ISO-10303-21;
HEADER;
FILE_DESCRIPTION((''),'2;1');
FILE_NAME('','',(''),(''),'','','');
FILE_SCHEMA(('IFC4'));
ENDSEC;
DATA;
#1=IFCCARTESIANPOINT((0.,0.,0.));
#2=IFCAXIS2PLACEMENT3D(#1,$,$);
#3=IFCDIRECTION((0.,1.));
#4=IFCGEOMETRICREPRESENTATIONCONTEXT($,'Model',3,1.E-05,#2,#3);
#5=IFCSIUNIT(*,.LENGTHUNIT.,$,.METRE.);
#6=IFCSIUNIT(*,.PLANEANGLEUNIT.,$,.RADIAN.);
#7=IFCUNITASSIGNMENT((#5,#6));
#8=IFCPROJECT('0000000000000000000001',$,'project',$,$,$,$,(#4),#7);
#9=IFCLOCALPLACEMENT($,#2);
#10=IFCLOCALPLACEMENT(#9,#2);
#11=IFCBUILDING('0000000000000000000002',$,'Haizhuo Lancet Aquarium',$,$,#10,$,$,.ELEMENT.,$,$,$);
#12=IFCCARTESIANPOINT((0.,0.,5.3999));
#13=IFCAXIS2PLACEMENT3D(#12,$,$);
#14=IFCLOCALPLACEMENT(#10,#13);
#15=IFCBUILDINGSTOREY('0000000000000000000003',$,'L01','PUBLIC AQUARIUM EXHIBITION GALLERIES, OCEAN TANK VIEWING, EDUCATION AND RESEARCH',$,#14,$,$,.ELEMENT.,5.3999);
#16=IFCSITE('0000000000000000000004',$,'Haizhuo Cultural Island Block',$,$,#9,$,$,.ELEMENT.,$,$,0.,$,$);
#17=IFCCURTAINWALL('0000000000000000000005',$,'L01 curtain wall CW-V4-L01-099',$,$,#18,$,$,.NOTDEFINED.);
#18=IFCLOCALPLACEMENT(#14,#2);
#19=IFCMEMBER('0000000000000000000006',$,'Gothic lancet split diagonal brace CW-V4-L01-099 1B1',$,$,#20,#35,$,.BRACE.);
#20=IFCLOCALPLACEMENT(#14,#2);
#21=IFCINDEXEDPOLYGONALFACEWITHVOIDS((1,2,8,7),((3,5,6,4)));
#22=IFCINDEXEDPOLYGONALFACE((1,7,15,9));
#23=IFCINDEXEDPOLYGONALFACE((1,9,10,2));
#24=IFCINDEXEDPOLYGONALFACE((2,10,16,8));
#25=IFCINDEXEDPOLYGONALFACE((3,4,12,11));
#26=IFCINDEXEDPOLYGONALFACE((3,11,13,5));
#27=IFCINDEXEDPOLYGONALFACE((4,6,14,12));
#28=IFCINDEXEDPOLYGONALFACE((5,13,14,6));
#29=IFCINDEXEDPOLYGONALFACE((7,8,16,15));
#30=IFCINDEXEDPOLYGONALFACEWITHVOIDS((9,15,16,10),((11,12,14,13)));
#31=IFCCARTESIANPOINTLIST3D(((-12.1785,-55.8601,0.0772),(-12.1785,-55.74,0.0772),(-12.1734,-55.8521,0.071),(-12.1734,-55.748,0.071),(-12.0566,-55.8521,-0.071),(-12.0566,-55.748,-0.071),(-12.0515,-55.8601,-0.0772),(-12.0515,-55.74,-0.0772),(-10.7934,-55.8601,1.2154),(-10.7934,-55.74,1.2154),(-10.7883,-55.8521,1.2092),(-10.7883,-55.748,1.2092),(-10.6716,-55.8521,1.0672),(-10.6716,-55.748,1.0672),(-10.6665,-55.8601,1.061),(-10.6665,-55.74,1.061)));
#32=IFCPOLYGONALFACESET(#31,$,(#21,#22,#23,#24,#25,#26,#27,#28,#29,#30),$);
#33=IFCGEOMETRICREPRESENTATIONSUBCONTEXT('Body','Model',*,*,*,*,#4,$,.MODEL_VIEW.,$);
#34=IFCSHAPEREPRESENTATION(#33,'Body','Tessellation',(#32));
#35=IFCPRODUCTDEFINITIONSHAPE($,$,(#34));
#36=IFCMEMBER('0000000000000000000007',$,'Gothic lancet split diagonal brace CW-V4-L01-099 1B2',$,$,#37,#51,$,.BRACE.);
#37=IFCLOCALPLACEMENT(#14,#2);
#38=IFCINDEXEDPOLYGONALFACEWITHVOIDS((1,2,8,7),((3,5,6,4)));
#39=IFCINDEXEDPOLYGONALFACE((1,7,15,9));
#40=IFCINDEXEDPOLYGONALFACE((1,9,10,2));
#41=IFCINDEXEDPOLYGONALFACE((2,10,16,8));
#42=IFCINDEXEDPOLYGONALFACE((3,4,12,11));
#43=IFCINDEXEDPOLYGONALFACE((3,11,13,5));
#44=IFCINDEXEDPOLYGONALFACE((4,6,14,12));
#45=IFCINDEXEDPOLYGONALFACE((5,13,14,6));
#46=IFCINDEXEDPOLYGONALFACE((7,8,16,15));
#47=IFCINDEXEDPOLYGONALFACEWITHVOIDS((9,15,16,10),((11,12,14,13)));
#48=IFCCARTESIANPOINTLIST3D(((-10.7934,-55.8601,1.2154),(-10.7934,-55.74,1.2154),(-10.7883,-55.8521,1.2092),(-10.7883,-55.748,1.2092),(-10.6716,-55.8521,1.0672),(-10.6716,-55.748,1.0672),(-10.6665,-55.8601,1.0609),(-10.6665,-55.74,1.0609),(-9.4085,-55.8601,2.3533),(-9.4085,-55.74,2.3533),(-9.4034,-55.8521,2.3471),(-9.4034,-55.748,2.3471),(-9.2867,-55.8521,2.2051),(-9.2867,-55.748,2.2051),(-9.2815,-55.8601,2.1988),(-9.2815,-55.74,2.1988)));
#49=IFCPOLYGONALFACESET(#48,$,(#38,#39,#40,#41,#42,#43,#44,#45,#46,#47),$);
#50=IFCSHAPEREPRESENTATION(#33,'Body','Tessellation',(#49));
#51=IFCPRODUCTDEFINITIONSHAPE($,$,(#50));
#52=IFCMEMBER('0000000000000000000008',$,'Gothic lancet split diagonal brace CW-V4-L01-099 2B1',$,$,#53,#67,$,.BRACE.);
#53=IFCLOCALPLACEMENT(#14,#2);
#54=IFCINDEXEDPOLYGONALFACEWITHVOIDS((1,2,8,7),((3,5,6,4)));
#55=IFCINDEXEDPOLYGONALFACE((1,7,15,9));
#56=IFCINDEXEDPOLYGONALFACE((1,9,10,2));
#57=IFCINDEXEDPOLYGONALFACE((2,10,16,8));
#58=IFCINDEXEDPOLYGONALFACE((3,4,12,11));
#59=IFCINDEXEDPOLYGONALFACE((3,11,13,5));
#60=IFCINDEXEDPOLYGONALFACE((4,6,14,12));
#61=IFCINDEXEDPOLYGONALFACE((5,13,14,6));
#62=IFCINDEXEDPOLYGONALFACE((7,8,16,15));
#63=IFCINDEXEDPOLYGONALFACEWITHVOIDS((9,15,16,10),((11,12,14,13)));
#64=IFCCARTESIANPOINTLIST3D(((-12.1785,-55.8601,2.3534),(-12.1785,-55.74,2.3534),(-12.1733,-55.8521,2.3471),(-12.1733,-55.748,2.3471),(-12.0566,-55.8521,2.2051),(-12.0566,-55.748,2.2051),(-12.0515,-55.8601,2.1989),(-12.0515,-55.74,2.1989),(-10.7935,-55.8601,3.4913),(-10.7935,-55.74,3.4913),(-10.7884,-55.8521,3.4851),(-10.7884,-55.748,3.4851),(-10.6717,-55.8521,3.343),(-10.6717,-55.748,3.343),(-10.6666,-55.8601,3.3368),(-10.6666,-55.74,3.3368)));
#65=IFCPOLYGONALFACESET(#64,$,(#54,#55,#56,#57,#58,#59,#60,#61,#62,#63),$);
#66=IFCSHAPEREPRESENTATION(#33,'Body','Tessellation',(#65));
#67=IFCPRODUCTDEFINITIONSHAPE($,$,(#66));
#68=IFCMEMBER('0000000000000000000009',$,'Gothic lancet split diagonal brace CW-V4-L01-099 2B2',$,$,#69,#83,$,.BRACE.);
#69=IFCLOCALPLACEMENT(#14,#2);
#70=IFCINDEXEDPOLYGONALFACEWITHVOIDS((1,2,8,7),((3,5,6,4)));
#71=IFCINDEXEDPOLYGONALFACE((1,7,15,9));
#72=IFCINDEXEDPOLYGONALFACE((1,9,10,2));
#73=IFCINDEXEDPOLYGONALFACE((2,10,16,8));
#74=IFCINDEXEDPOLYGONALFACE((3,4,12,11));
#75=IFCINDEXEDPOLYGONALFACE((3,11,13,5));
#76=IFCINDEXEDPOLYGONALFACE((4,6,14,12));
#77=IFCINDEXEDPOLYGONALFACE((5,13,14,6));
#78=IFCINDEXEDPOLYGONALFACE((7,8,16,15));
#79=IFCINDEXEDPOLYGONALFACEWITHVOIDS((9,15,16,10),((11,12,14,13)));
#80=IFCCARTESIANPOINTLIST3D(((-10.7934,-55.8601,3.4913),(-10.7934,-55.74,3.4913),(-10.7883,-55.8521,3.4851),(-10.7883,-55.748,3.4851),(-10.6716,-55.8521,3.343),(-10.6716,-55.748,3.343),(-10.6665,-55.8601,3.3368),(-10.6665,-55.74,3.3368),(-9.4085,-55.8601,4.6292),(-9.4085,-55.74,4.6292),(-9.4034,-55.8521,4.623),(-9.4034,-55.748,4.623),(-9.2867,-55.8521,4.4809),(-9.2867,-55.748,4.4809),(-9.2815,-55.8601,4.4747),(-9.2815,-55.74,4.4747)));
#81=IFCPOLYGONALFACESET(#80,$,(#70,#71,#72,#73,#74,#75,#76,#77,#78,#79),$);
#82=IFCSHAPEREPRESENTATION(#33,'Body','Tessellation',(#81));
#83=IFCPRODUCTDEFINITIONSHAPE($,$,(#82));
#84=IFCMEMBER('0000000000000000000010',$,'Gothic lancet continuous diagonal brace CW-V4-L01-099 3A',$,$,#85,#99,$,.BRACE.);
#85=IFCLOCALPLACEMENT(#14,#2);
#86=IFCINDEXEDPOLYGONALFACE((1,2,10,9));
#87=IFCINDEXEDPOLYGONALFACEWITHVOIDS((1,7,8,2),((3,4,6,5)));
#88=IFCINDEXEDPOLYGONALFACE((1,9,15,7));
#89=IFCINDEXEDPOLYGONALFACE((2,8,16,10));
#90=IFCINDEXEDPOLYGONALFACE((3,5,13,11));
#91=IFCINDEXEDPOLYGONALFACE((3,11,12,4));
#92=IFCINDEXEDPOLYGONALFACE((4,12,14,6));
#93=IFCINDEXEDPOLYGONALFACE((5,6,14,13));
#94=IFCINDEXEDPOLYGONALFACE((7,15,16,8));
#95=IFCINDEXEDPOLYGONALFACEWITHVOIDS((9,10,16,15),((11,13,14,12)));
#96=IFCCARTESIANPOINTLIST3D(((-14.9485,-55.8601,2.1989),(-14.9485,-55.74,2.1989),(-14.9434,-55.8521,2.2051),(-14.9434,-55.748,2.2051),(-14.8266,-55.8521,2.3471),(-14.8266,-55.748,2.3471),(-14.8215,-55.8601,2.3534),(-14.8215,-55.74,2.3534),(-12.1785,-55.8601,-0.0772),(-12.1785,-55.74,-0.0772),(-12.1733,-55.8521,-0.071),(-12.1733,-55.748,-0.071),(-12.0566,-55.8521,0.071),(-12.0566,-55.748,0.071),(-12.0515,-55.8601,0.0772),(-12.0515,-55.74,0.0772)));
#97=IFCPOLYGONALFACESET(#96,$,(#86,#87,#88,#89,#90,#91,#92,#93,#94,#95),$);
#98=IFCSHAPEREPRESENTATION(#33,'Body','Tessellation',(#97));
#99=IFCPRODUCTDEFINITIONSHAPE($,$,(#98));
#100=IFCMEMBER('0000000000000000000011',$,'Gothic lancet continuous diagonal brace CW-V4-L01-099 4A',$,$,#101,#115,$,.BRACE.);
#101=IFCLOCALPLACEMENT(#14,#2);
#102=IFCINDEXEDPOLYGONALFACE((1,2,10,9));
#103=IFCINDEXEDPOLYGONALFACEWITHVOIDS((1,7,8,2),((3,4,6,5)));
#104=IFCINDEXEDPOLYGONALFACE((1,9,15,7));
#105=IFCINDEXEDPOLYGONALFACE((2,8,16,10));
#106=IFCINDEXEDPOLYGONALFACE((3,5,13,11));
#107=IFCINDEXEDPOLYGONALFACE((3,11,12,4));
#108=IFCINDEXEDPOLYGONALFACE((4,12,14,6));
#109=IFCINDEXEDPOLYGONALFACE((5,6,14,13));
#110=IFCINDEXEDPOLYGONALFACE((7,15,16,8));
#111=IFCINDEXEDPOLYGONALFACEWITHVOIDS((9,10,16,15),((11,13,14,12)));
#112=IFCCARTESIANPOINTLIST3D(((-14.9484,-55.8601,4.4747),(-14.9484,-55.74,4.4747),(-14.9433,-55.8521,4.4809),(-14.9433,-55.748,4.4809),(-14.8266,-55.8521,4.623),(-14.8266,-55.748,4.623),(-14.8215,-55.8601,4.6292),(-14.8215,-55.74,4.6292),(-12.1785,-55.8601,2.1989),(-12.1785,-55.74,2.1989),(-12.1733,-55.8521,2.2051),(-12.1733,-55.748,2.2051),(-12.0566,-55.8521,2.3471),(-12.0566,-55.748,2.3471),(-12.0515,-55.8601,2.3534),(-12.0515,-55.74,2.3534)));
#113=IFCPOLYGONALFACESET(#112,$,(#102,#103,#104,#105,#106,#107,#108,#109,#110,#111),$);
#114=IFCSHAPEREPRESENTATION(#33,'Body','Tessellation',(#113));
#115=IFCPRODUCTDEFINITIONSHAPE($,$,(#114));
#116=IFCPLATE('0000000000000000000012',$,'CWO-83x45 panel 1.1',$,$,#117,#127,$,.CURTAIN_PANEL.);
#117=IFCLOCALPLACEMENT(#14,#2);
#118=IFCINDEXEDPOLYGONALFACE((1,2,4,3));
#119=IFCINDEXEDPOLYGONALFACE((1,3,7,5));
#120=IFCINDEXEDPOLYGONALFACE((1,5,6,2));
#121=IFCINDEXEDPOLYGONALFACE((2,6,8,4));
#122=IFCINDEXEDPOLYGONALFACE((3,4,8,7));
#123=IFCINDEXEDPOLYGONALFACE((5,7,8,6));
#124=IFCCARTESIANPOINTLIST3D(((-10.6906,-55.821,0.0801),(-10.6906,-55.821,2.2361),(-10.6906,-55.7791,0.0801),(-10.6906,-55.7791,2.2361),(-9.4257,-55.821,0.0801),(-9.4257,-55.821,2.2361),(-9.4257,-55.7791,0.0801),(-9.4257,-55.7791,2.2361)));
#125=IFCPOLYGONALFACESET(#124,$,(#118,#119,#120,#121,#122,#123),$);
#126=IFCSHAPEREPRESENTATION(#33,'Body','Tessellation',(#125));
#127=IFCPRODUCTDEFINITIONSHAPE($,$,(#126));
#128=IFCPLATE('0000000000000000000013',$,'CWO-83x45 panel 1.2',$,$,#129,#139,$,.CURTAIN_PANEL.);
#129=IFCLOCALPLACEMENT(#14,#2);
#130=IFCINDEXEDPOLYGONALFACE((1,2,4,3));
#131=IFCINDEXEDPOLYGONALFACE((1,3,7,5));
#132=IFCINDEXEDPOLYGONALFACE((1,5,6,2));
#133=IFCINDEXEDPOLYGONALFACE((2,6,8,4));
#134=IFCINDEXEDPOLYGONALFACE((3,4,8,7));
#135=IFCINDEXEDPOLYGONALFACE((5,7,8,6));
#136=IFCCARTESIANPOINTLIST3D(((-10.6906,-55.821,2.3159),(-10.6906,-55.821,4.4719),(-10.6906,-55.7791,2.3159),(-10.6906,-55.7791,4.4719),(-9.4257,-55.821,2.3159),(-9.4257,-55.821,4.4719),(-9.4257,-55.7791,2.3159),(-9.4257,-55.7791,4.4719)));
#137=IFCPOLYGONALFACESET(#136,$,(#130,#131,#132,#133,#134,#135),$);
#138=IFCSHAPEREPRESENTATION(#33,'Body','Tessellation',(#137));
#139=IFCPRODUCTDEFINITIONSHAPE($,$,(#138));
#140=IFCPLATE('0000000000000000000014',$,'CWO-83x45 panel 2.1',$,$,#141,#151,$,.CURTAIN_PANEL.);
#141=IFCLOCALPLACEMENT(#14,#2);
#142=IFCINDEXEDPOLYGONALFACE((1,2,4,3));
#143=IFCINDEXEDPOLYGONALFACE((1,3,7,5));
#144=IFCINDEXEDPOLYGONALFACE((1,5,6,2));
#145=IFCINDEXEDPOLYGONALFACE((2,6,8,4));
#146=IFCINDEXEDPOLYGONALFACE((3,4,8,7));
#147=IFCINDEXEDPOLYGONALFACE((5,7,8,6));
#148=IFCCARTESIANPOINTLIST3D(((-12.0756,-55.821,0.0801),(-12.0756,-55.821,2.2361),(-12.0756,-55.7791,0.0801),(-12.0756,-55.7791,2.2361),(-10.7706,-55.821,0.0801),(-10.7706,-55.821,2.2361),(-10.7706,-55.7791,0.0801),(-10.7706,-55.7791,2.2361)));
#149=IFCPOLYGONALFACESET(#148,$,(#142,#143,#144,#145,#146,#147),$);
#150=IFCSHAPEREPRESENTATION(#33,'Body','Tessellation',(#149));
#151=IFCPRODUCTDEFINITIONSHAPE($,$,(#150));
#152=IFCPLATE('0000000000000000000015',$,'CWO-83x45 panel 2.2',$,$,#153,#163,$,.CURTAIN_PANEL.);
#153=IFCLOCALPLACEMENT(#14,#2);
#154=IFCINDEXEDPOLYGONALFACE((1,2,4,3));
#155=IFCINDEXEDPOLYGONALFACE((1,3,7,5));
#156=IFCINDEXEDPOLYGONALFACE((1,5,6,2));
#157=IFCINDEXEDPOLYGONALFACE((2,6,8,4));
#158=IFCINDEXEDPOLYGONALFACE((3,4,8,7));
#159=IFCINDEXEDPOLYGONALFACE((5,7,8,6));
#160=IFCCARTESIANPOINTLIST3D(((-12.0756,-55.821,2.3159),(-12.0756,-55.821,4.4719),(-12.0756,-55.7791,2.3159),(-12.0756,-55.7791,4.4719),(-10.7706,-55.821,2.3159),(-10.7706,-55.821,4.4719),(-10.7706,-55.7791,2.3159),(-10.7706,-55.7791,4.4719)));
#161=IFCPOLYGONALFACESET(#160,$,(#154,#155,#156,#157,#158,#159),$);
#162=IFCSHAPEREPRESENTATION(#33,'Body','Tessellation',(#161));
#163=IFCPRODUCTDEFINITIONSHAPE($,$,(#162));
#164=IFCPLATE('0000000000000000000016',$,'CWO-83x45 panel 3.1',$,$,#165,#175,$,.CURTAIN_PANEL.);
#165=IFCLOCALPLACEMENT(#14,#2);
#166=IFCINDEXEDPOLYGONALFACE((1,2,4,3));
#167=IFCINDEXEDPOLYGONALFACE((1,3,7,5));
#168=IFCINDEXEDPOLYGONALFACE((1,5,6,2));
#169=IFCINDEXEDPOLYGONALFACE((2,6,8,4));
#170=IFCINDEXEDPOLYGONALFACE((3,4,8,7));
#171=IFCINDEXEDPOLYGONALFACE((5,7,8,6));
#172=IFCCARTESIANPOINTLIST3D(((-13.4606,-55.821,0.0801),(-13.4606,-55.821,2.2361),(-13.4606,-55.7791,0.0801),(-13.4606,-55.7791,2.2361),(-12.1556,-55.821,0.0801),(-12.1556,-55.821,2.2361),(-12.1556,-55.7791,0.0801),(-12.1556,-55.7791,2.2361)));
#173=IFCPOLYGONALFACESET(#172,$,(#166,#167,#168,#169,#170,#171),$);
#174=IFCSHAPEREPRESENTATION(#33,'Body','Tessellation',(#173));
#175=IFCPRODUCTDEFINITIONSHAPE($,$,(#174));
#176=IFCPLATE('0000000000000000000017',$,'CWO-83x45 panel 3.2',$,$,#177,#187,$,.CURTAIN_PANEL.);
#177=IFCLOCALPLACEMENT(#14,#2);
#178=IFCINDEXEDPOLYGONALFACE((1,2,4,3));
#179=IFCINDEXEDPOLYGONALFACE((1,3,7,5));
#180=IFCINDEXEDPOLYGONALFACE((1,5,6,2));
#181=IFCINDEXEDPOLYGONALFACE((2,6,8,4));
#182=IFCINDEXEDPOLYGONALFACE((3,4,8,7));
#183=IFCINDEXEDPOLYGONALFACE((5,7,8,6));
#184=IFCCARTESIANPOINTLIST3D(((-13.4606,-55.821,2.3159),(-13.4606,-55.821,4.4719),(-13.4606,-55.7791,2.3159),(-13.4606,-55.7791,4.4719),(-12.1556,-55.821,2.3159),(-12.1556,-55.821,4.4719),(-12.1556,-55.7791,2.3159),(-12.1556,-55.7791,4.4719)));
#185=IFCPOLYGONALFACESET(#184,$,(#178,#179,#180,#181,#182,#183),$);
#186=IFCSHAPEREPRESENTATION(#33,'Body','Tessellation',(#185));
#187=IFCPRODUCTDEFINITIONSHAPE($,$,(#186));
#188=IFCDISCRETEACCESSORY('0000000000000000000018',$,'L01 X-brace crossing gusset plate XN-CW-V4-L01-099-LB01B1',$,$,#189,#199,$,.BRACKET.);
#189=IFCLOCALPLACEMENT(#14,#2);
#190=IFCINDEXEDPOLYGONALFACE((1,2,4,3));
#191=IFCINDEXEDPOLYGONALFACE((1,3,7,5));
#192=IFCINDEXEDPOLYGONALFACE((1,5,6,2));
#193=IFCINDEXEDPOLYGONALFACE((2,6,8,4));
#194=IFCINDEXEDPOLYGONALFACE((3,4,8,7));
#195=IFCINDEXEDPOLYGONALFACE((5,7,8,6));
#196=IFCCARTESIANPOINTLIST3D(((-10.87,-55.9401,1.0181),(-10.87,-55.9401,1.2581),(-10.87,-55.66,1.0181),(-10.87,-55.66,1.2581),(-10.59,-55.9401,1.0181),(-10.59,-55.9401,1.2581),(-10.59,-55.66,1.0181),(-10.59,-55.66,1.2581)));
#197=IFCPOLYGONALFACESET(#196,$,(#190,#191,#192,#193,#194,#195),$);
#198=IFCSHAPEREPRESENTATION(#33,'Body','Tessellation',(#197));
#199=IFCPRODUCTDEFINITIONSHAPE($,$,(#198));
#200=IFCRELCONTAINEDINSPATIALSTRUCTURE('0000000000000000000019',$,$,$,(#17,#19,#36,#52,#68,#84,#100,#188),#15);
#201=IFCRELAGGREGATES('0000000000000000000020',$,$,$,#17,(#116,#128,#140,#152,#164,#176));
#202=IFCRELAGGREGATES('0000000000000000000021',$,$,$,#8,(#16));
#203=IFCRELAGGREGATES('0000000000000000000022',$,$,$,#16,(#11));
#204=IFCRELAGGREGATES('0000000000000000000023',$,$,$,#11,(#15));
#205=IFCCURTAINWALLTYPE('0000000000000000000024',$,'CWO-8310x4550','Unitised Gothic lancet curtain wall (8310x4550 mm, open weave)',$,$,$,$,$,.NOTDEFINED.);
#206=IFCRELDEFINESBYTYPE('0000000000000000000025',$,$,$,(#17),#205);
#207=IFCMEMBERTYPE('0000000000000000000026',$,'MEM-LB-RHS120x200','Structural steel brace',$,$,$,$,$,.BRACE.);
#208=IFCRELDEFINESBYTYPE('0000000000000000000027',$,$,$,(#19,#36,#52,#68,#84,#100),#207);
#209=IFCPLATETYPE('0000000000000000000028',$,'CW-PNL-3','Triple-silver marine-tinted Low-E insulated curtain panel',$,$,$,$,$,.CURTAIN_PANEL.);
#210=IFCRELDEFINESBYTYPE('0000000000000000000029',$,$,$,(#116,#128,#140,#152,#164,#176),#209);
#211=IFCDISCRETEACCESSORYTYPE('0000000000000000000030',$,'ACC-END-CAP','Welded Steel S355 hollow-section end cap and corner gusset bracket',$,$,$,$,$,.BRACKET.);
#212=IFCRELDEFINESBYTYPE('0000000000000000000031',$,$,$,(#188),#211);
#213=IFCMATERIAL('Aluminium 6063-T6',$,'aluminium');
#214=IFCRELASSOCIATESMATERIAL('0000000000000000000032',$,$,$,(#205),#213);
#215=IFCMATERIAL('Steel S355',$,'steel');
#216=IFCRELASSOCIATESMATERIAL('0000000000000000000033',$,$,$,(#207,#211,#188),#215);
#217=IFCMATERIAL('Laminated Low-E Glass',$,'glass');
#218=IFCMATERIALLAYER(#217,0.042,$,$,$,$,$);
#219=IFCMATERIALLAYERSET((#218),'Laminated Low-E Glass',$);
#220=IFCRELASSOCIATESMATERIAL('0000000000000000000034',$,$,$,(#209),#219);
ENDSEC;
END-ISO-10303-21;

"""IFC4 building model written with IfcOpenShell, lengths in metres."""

from ifc_helpers import new_model, si_unit, direction, frame, origin, origin_2d, place, context, subcontext, project, spatial, rectangle, hollow_rectangle, extrude, material, layer, layer_set, material_profile, profile_set, type_object, element, aggregate, save


model = new_model("IFC4")

# Units and contexts
model_context = context("Model", 3, precision=1e-05, world=origin(), true_north=direction((0.0, 1.0)))
body_context = subcontext(model_context, "Body", "Model", "MODEL_VIEW")
ifc_project = project(units=[si_unit("LENGTHUNIT", "METRE"), si_unit("PLANEANGLEUNIT", "RADIAN")], contexts=[model_context])

# Site, building, storey
site_placement = place(None, origin())
site = spatial("IfcSite", under=ifc_project, at=site_placement, Name="Haizhuo Cultural Island Block", CompositionType="ELEMENT", RefElevation=0.0)
building_placement = place(site_placement, origin())
building = spatial("IfcBuilding", under=site, at=building_placement, Name="Haizhuo Lancet Aquarium", CompositionType="ELEMENT")
storey_placement = place(building_placement, frame((0.0, 0.0, 5.3999)))
storey = spatial("IfcBuildingStorey", under=building, at=storey_placement, Name="L01", Description="PUBLIC AQUARIUM EXHIBITION GALLERIES, OCEAN TANK VIEWING, EDUCATION AND RESEARCH", CompositionType="ELEMENT", Elevation=5.3999)

# Curtain wall
ifc_material_1 = material(Name="Aluminium 6063-T6", Category="aluminium")
curtain_wall_type = type_object("IfcCurtainWallType", Name="CWO-8310x4550", Description="Unitised Gothic lancet curtain wall (8310x4550 mm, open weave)", PredefinedType="NOTDEFINED", material=ifc_material_1)
curtain_wall_placement = place(storey_placement, origin())
curtain_wall = element("IfcCurtainWall", 1, at=curtain_wall_placement, inside=storey, type_object=curtain_wall_type, Name="L01 curtain wall CW-V4-L01-099", PredefinedType="NOTDEFINED")

# Members
ifc_material_2 = material(Name="Steel S355", Category="steel")
ifc_material_profile_1 = material_profile(ifc_material_2, hollow_rectangle(XDim=0.1201, YDim=0.2, WallThickness=0.0081, at=origin_2d()), Name="RHS 120x200x8")
ifc_profile_set_1 = profile_set([ifc_material_profile_1], Name="Steel S355")
member_type_1 = type_object("IfcMemberType", Name="MEM-LB-RHS120x200", Description="Structural steel brace", PredefinedType="BRACE", material=ifc_profile_set_1)
member_1_placement = place(storey_placement, frame((-12.115, -55.8, 0.0), z_axis=(0.77259, 0.0, 0.634905), x_axis=(0.0, 1.0, 0.0)))
element("IfcMember", 2, at=member_1_placement, inside=storey, type_object=member_type_1, Name="Gothic lancet split diagonal brace CW-V4-L01-099 1B1", PredefinedType="BRACE", context=body_context, shape_type="SweptSolid", body=[
    extrude(hollow_rectangle(XDim=0.1201, YDim=0.2, WallThickness=0.0081, at=origin_2d()), origin(), (0.0, 0.0, 1.0), 1.7927),
])
for number, where, z_axis, x_axis, name in (
    (3, (-10.73, -55.8, 1.1382), (0.772657, 0.0, 0.634824), (0.0, 1.0, 0.0), "Gothic lancet split diagonal brace CW-V4-L01-099 1B2"),
    (4, (-12.115, -55.8, 2.2761), (0.772657, 0.0, 0.634824), (0.0, 1.0, 0.0), "Gothic lancet split diagonal brace CW-V4-L01-099 2B1"),
    (5, (-10.73, -55.8, 3.4141), (0.772657, 0.0, 0.634824), (0.0, 1.0, 0.0), "Gothic lancet split diagonal brace CW-V4-L01-099 2B2"),
):
    element("IfcMember", number, at=place(storey_placement, frame(where, z_axis=z_axis, x_axis=x_axis)), inside=storey, type_object=member_type_1, Name=name, PredefinedType="BRACE", context=body_context, shape_type="SweptSolid", body=[
        extrude(hollow_rectangle(XDim=0.1201, YDim=0.2, WallThickness=0.0081, at=origin_2d()), origin(), (0.0, 0.0, 1.0), 1.7925),
    ])
member_2_placement = place(storey_placement, frame((-12.115, -55.8, 0.0), z_axis=(-0.772624, 0.0, 0.634864), x_axis=(0.0, -1.0, 0.0)))
element("IfcMember", 6, at=member_2_placement, inside=storey, type_object=member_type_1, Name="Gothic lancet continuous diagonal brace CW-V4-L01-099 3A", PredefinedType="BRACE", context=body_context, shape_type="SweptSolid", body=[
    extrude(hollow_rectangle(XDim=0.1201, YDim=0.2, WallThickness=0.0081, at=origin_2d()), origin(), (0.0, 0.0, 1.0), 3.5852),
])
member_3_placement = place(storey_placement, frame((-12.115, -55.8, 2.2761), z_axis=(-0.772657, 0.0, 0.634824), x_axis=(0.0, -1.0, 0.0)))
element("IfcMember", 7, at=member_3_placement, inside=storey, type_object=member_type_1, Name="Gothic lancet continuous diagonal brace CW-V4-L01-099 4A", PredefinedType="BRACE", context=body_context, shape_type="SweptSolid", body=[
    extrude(hollow_rectangle(XDim=0.1201, YDim=0.2, WallThickness=0.0081, at=origin_2d()), origin(), (0.0, 0.0, 1.0), 3.585),
])

# Plates
ifc_material_3 = material(Name="Laminated Low-E Glass", Category="glass")
ifc_layer = layer(ifc_material_3, 0.042)
ifc_layer_set = layer_set([ifc_layer], Name="Laminated Low-E Glass")
plate_type = type_object("IfcPlateType", Name="CW-PNL-3", Description="Triple-silver marine-tinted Low-E insulated curtain panel", PredefinedType="CURTAIN_PANEL", material=ifc_layer_set)
plate_1_placement = place(storey_placement, frame((-10.0581, -55.8, 0.0801), z_axis=(0.0, 0.0, 1.0), x_axis=(-1.0, 0.0, 0.0)))
plate_1 = element("IfcPlate", 8, at=plate_1_placement, type_object=plate_type, Name="CWO-83x45 panel 1.1", PredefinedType="CURTAIN_PANEL", context=body_context, shape_type="SweptSolid", body=[
    extrude(rectangle(XDim=1.2649, YDim=0.042, at=origin_2d()), origin(), (0.0, 0.0, 1.0), 2.156),
])
plate_2_placement = place(storey_placement, frame((-10.0581, -55.8, 2.3159), z_axis=(0.0, 0.0, 1.0), x_axis=(-1.0, 0.0, 0.0)))
plate_2 = element("IfcPlate", 9, at=plate_2_placement, type_object=plate_type, Name="CWO-83x45 panel 1.2", PredefinedType="CURTAIN_PANEL", context=body_context, shape_type="SweptSolid", body=[
    extrude(rectangle(XDim=1.2649, YDim=0.042, at=origin_2d()), origin(), (0.0, 0.0, 1.0), 2.156),
])
plate_3_placement = place(storey_placement, frame((-11.4231, -55.8, 0.0801), z_axis=(0.0, 0.0, 1.0), x_axis=(-1.0, 0.0, 0.0)))
plate_3 = element("IfcPlate", 10, at=plate_3_placement, type_object=plate_type, Name="CWO-83x45 panel 2.1", PredefinedType="CURTAIN_PANEL", context=body_context, shape_type="SweptSolid", body=[
    extrude(rectangle(XDim=1.3049, YDim=0.042, at=origin_2d()), origin(), (0.0, 0.0, 1.0), 2.156),
])
plate_4_placement = place(storey_placement, frame((-11.4231, -55.8, 2.3159), z_axis=(0.0, 0.0, 1.0), x_axis=(-1.0, 0.0, 0.0)))
plate_4 = element("IfcPlate", 11, at=plate_4_placement, type_object=plate_type, Name="CWO-83x45 panel 2.2", PredefinedType="CURTAIN_PANEL", context=body_context, shape_type="SweptSolid", body=[
    extrude(rectangle(XDim=1.3049, YDim=0.042, at=origin_2d()), origin(), (0.0, 0.0, 1.0), 2.156),
])
plate_5_placement = place(storey_placement, frame((-12.8081, -55.8, 0.0801), z_axis=(0.0, 0.0, 1.0), x_axis=(-1.0, 0.0, 0.0)))
plate_5 = element("IfcPlate", 12, at=plate_5_placement, type_object=plate_type, Name="CWO-83x45 panel 3.1", PredefinedType="CURTAIN_PANEL", context=body_context, shape_type="SweptSolid", body=[
    extrude(rectangle(XDim=1.3049, YDim=0.042, at=origin_2d()), origin(), (0.0, 0.0, 1.0), 2.156),
])
plate_6_placement = place(storey_placement, frame((-12.8081, -55.8, 2.3159), z_axis=(0.0, 0.0, 1.0), x_axis=(-1.0, 0.0, 0.0)))
plate_6 = element("IfcPlate", 13, at=plate_6_placement, type_object=plate_type, Name="CWO-83x45 panel 3.2", PredefinedType="CURTAIN_PANEL", context=body_context, shape_type="SweptSolid", body=[
    extrude(rectangle(XDim=1.3049, YDim=0.042, at=origin_2d()), origin(), (0.0, 0.0, 1.0), 2.156),
])
aggregate(curtain_wall, [plate_1, plate_2, plate_3, plate_4, plate_5, plate_6])

# Discrete accessory
discrete_accessory_type = type_object("IfcDiscreteAccessoryType", Name="ACC-END-CAP", Description="Welded Steel S355 hollow-section end cap and corner gusset bracket", PredefinedType="BRACKET", material=ifc_material_2)
for number, where, z_axis, x_axis, name in (
    (14, (-10.73, -55.8, 1.0181), (0.0, 0.0, 1.0), (1.0, 0.0, 0.0), "L01 X-brace crossing gusset plate XN-CW-V4-L01-099-LB01B1"),
):
    element("IfcDiscreteAccessory", number, at=place(storey_placement, frame(where, z_axis=z_axis, x_axis=x_axis)), inside=storey, type_object=discrete_accessory_type, material=ifc_material_2, Name=name, PredefinedType="BRACKET", context=body_context, shape_type="SweptSolid", body=[
        extrude(rectangle(XDim=0.28, YDim=0.28, at=origin_2d()), origin(), (0.0, 0.0, 1.0), 0.24),
    ])

save(model, "model.ifc")
